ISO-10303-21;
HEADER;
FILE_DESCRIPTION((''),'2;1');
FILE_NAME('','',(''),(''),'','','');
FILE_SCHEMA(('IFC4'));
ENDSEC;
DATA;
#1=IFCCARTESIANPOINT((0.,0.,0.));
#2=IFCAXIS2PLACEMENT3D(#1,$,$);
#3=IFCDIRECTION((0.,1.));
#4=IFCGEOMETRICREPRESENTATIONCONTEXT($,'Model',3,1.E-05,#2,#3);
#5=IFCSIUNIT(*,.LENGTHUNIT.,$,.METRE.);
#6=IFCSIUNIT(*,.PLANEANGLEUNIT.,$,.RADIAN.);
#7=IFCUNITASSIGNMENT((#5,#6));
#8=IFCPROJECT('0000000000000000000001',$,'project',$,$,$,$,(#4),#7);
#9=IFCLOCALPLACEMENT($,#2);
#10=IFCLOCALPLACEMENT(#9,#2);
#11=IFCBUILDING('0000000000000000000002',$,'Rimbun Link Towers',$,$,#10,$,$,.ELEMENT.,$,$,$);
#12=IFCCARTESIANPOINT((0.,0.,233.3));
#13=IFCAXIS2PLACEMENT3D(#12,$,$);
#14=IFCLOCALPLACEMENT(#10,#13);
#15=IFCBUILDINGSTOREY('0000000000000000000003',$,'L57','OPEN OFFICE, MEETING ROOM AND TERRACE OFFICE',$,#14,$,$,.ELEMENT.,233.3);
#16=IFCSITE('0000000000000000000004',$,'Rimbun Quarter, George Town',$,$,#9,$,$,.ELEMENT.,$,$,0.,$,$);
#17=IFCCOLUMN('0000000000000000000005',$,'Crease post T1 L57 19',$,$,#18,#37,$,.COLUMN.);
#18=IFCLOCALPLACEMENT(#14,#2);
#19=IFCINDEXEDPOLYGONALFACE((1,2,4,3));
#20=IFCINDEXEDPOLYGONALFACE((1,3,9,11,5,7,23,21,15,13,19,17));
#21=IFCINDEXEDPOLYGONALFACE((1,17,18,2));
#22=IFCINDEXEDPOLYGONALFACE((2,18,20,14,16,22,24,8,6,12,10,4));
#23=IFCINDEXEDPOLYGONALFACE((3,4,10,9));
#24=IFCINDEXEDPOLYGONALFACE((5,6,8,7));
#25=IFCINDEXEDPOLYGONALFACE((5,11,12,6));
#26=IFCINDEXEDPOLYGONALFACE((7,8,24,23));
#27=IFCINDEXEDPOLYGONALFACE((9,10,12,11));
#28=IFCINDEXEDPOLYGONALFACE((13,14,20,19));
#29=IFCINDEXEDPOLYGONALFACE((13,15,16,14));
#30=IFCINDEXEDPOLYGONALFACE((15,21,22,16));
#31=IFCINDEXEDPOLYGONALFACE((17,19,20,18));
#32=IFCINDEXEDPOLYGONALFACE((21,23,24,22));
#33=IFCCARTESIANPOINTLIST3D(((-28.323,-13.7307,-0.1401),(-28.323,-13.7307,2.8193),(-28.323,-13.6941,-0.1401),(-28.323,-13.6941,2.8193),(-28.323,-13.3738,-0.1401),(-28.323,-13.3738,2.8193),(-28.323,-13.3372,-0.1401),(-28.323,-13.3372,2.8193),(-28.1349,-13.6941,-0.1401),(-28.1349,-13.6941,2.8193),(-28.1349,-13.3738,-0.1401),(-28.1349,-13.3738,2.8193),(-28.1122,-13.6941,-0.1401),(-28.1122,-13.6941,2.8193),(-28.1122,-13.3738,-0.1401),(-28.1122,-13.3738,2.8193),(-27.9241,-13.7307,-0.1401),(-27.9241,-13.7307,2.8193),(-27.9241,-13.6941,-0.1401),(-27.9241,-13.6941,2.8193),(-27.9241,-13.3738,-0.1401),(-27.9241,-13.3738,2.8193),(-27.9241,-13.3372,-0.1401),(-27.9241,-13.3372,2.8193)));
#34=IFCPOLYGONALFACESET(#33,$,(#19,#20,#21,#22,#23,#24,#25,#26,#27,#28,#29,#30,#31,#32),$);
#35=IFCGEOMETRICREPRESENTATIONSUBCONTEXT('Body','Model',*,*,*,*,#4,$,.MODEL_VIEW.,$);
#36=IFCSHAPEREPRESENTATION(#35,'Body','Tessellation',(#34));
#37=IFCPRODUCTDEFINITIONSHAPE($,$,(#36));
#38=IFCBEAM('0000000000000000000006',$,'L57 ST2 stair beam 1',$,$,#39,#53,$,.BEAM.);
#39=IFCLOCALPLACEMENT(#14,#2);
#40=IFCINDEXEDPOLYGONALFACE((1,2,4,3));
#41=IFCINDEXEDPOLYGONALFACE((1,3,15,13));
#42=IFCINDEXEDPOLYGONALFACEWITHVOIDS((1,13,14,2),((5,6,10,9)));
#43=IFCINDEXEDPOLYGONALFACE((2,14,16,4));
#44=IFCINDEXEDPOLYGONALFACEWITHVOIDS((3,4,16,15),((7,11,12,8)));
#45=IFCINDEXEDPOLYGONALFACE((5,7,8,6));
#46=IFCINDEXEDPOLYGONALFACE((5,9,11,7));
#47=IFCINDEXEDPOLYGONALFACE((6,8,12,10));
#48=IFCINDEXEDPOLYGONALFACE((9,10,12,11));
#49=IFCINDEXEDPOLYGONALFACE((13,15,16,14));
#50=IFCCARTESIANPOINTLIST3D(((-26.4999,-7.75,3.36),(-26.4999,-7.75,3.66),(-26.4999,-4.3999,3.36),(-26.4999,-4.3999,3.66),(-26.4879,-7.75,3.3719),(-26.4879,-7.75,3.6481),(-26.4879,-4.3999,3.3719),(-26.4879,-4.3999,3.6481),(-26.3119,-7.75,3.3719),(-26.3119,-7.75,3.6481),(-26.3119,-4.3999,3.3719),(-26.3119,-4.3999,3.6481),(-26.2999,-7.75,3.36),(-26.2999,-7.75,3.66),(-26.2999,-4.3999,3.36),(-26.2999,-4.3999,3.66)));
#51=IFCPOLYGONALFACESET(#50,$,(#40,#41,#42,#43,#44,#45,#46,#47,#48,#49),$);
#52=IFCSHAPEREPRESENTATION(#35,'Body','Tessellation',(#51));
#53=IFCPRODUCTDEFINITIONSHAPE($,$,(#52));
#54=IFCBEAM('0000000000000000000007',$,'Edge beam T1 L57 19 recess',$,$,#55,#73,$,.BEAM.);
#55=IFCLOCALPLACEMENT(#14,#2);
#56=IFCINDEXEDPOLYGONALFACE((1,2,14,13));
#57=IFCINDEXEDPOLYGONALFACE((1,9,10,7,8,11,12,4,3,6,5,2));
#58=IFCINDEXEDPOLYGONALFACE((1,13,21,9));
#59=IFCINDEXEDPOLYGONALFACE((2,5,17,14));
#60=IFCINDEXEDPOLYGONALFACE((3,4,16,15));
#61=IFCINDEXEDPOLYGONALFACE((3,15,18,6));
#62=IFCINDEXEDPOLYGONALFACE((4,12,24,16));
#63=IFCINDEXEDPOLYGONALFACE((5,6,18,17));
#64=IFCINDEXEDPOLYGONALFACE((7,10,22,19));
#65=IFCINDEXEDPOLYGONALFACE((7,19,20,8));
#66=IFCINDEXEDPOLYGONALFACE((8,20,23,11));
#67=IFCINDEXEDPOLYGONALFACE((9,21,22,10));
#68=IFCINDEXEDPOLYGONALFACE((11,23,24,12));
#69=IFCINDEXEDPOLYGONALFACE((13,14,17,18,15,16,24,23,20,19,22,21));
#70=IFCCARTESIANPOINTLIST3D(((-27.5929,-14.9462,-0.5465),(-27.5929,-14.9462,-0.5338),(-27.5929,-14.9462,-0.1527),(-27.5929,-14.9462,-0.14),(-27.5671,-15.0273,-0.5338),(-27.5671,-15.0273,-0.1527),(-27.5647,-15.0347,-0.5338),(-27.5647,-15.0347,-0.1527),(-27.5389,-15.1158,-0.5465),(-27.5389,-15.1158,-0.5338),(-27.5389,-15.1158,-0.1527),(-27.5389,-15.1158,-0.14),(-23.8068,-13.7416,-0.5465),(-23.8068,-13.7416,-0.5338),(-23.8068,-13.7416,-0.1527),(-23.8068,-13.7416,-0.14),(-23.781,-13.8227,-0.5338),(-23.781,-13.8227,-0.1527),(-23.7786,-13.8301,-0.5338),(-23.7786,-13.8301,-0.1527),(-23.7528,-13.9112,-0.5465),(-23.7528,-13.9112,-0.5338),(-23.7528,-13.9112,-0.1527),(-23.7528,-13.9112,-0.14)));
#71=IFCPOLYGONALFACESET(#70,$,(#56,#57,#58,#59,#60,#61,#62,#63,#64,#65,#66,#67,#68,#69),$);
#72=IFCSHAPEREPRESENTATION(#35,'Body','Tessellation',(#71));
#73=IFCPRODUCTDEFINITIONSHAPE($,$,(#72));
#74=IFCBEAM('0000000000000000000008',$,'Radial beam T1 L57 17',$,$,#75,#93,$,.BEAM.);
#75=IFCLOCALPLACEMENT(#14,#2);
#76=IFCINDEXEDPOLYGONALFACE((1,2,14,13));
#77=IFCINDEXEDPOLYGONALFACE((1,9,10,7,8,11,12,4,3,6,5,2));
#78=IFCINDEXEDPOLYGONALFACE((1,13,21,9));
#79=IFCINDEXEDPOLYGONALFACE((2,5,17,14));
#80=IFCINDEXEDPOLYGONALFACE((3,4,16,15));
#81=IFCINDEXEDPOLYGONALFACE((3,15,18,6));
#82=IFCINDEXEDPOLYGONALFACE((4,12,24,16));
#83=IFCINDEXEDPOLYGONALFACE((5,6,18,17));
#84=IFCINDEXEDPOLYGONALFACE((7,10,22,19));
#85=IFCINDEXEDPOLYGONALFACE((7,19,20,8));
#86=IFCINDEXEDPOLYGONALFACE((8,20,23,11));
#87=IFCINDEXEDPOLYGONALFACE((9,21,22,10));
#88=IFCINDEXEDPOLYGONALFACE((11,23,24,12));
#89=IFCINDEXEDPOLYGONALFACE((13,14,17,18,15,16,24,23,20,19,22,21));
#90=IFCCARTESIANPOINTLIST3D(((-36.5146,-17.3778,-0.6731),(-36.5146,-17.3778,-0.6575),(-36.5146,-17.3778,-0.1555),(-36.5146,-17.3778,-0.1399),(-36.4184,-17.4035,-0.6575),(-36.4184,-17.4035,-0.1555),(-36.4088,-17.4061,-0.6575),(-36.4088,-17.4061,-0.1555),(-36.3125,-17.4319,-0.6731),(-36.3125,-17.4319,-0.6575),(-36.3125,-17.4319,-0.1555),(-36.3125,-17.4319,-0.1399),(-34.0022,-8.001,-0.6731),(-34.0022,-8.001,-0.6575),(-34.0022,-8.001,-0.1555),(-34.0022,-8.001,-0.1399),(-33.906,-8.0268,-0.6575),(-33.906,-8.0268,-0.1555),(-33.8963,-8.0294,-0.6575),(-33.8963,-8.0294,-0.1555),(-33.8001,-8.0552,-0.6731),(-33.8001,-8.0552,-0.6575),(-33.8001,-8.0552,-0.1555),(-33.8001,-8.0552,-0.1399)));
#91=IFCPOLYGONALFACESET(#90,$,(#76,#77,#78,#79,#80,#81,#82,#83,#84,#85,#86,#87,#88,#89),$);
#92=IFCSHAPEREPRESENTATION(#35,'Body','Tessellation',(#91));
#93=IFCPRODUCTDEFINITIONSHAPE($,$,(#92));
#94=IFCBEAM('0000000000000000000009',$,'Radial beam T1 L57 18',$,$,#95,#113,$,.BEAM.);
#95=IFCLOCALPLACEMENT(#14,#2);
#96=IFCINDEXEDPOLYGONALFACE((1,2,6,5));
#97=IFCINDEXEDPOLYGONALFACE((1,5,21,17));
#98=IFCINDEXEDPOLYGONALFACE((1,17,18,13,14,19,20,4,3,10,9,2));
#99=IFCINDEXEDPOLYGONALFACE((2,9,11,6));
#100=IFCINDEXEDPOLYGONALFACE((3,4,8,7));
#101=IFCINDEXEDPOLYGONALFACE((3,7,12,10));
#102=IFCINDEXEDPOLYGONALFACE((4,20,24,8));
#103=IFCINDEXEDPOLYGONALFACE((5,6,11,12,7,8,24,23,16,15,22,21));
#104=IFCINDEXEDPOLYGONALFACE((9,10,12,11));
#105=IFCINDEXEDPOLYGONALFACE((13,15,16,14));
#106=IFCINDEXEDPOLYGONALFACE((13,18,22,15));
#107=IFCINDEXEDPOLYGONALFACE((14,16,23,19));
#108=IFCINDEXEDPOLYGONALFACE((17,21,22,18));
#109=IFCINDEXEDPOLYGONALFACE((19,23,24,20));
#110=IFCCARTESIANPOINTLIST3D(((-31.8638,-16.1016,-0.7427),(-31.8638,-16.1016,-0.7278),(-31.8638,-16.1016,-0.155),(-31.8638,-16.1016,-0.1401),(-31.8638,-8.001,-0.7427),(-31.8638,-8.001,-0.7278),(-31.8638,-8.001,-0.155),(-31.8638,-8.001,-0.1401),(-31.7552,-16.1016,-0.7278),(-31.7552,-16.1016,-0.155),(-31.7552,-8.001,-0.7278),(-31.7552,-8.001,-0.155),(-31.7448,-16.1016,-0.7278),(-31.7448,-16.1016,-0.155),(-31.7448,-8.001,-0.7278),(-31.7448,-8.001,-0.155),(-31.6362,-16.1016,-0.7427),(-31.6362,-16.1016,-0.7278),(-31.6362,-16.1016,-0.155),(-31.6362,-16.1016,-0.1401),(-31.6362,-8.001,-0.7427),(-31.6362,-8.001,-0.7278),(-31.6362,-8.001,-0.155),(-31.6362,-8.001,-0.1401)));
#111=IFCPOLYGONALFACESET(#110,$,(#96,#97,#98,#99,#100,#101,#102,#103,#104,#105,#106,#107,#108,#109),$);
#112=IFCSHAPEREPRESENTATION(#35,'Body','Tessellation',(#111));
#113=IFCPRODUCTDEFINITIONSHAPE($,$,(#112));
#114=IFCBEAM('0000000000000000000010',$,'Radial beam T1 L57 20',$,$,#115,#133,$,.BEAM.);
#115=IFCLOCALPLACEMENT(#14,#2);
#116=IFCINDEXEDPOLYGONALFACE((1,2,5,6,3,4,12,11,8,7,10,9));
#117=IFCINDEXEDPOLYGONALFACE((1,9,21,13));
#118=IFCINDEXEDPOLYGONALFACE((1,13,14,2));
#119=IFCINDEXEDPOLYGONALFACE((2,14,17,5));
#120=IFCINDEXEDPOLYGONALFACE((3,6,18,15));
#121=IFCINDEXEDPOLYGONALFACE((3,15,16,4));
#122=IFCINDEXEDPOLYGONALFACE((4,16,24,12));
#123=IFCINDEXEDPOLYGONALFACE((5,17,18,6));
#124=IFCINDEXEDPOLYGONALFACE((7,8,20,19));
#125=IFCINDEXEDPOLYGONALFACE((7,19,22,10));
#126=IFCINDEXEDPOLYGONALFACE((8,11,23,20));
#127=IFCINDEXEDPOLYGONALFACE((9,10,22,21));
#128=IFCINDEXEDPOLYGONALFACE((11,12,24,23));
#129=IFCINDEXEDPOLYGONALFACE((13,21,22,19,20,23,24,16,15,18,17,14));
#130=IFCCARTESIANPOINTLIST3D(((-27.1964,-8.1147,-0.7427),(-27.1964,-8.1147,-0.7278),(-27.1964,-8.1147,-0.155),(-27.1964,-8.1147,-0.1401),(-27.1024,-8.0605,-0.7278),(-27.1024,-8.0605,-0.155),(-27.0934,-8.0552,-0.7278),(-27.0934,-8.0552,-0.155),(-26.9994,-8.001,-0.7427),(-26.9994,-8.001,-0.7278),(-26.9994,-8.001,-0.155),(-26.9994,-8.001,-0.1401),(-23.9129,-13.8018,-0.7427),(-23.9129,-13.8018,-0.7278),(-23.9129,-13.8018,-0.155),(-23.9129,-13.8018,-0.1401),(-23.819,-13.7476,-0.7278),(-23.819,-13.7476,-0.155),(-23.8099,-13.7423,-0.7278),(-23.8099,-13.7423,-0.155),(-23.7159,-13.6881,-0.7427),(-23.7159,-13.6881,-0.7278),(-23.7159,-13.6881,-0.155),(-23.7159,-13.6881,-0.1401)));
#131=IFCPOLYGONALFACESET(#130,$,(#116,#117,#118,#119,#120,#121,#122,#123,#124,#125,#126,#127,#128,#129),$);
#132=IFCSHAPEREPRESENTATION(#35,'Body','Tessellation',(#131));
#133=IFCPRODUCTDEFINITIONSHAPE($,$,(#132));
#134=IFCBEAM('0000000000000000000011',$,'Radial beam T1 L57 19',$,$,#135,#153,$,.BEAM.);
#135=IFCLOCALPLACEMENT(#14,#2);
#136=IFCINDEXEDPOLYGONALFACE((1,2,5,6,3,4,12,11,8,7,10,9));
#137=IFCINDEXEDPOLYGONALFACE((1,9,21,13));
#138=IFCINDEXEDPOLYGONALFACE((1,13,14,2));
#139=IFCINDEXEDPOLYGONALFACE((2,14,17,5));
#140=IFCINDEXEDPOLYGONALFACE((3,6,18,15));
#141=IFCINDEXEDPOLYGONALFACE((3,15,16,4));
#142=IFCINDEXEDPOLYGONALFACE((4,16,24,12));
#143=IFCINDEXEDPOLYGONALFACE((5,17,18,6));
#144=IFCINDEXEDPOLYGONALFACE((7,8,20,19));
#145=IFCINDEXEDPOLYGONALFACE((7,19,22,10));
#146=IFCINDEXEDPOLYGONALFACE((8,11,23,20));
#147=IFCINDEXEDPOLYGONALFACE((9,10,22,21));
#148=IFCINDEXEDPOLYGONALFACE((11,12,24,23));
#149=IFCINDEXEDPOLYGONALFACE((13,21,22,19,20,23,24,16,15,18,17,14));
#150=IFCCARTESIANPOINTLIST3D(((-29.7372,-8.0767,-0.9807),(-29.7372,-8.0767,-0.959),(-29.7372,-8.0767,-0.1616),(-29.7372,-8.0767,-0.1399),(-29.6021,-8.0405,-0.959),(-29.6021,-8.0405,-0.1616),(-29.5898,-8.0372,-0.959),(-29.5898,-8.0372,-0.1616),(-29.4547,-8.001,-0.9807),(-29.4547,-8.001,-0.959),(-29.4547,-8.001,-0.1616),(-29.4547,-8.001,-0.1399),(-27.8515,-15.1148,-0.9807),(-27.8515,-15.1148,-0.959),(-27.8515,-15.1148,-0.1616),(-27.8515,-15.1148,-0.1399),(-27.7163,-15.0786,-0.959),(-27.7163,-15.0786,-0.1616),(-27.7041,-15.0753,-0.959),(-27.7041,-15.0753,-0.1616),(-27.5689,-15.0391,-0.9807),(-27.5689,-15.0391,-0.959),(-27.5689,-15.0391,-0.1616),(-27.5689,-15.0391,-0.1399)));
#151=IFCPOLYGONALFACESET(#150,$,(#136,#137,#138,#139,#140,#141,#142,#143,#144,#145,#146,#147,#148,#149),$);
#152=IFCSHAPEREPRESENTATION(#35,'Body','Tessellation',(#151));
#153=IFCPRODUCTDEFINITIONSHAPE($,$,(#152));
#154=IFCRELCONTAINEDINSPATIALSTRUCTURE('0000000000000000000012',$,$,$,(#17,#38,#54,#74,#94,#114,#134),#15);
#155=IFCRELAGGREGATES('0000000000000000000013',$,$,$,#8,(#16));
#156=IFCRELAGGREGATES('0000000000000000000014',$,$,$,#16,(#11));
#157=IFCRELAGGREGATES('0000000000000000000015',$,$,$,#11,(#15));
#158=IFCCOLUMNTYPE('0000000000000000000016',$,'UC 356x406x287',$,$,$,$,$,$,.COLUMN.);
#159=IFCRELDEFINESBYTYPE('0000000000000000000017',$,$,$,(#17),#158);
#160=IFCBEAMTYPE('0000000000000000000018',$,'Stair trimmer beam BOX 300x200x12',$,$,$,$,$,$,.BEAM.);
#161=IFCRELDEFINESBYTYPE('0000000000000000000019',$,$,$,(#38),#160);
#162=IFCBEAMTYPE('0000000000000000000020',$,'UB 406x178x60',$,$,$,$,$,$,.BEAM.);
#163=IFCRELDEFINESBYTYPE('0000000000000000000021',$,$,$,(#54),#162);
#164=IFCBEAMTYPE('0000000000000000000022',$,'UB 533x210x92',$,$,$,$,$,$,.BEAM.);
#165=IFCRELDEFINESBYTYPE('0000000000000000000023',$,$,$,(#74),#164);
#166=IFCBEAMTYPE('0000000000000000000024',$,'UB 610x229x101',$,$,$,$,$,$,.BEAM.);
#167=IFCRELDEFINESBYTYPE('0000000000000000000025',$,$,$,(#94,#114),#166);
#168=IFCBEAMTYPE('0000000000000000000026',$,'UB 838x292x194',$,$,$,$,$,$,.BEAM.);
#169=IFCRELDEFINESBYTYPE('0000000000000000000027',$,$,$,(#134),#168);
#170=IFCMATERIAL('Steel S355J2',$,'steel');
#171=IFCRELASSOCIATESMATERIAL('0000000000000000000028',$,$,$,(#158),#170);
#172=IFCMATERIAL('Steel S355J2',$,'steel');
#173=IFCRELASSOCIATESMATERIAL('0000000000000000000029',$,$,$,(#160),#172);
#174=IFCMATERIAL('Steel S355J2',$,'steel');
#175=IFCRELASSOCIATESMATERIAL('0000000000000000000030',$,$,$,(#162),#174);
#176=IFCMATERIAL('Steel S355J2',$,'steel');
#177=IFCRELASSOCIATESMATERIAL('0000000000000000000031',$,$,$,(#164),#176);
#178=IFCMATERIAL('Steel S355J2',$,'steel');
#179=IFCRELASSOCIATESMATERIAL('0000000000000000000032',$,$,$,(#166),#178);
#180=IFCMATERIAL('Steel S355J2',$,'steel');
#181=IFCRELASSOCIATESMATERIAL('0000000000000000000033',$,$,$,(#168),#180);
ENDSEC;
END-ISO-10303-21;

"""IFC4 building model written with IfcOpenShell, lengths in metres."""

from ifc_helpers import new_model, si_unit, direction, frame, origin, origin_2d, place, context, subcontext, project, spatial, hollow_rectangle, i_section, extrude, material, material_profile, profile_set, type_object, element, save


model = new_model("IFC4")

# Units and contexts
model_context = context("Model", 3, precision=1e-05, world=origin(), true_north=direction((0.0, 1.0)))
body_context = subcontext(model_context, "Body", "Model", "MODEL_VIEW")
ifc_project = project(units=[si_unit("LENGTHUNIT", "METRE"), si_unit("PLANEANGLEUNIT", "RADIAN")], contexts=[model_context])

# Site, building, storey
site_placement = place(None, origin())
site = spatial("IfcSite", under=ifc_project, at=site_placement, Name="Rimbun Quarter, George Town", CompositionType="ELEMENT", RefElevation=0.0)
building_placement = place(site_placement, origin())
building = spatial("IfcBuilding", under=site, at=building_placement, Name="Rimbun Link Towers", CompositionType="ELEMENT")
storey_placement = place(building_placement, frame((0.0, 0.0, 233.3)))
storey = spatial("IfcBuildingStorey", under=building, at=storey_placement, Name="L57", Description="OPEN OFFICE, MEETING ROOM AND TERRACE OFFICE", CompositionType="ELEMENT", Elevation=233.3)

# Column
ifc_material_1 = material(Name="Steel S355J2", Category="steel")
ifc_material_profile_1 = material_profile(ifc_material_1, i_section(OverallWidth=0.3989, OverallDepth=0.3936, WebThickness=0.0227, FlangeThickness=0.0366, at=origin_2d()), Name="UC 356x406x287")
ifc_profile_set_1 = profile_set([ifc_material_profile_1], Name="Steel S355J2")
column_type = type_object("IfcColumnType", Name="UC 356x406x287", PredefinedType="COLUMN", material=ifc_profile_set_1)
column_placement = place(storey_placement, frame((-28.1235, -13.5339, -0.1401), z_axis=(0.0, 0.0, 1.0), x_axis=(1.0, 0.0, 0.0)))
element("IfcColumn", 1, at=column_placement, inside=storey, type_object=column_type, Name="Crease post T1 L57 19", PredefinedType="COLUMN", context=body_context, shape_type="SweptSolid", body=[
    extrude(i_section(OverallWidth=0.3989, OverallDepth=0.3936, WebThickness=0.0227, FlangeThickness=0.0366, at=origin_2d()), origin(), (0.0, 0.0, 1.0), 2.9595),
])

# Beams
ifc_material_2 = material(Name="Steel S355J2", Category="steel")
ifc_material_profile_2 = material_profile(ifc_material_2, hollow_rectangle(XDim=0.2, YDim=0.3, WallThickness=0.012, at=origin_2d()), Name="BOX 300x200x12")
ifc_profile_set_2 = profile_set([ifc_material_profile_2], Name="Steel S355J2")
beam_type_1 = type_object("IfcBeamType", Name="Stair trimmer beam BOX 300x200x12", PredefinedType="BEAM", material=ifc_profile_set_2)
beam_1_placement = place(storey_placement, frame((-26.3999, -7.75, 3.51), z_axis=(0.0, 1.0, 0.0), x_axis=(-1.0, 0.0, 0.0)))
element("IfcBeam", 2, at=beam_1_placement, inside=storey, type_object=beam_type_1, Name="L57 ST2 stair beam 1", PredefinedType="BEAM", context=body_context, shape_type="SweptSolid", body=[
    extrude(hollow_rectangle(XDim=0.2, YDim=0.3, WallThickness=0.012, at=origin_2d()), origin(), (0.0, 0.0, 1.0), 3.3501),
])
ifc_material_3 = material(Name="Steel S355J2", Category="steel")
ifc_material_profile_3 = material_profile(ifc_material_3, i_section(OverallWidth=0.178, OverallDepth=0.4065, WebThickness=0.0078, FlangeThickness=0.0127, at=origin_2d()), Name="UB 406x178x60")
ifc_profile_set_3 = profile_set([ifc_material_profile_3], Name="Steel S355J2")
beam_type_2 = type_object("IfcBeamType", Name="UB 406x178x60", PredefinedType="BEAM", material=ifc_profile_set_3)
beam_2_placement = place(storey_placement, frame((-27.5659, -15.031, -0.3433), z_axis=(0.952932, 0.303183, 0.0), x_axis=(-0.303183, 0.952932, 0.0)))
element("IfcBeam", 3, at=beam_2_placement, inside=storey, type_object=beam_type_2, Name="Edge beam T1 L57 19 recess", PredefinedType="BEAM", context=body_context, shape_type="SweptSolid", body=[
    extrude(i_section(OverallWidth=0.178, OverallDepth=0.4065, WebThickness=0.0078, FlangeThickness=0.0127, at=origin_2d()), origin(), (0.0, 0.0, 1.0), 3.9731),
])
ifc_material_4 = material(Name="Steel S355J2", Category="steel")
ifc_material_profile_4 = material_profile(ifc_material_4, i_section(OverallWidth=0.2092, OverallDepth=0.5332, WebThickness=0.01, FlangeThickness=0.0156, at=origin_2d()), Name="UB 533x210x92")
ifc_profile_set_4 = profile_set([ifc_material_profile_4], Name="Steel S355J2")
beam_type_3 = type_object("IfcBeamType", Name="UB 533x210x92", PredefinedType="BEAM", material=ifc_profile_set_4)
beam_3_placement = place(storey_placement, frame((-33.9011, -8.0281, -0.4065), z_axis=(-0.258816, -0.965927, 0.0), x_axis=(0.965927, -0.258816, 0.0)))
element("IfcBeam", 4, at=beam_3_placement, inside=storey, type_object=beam_type_3, Name="Radial beam T1 L57 17", PredefinedType="BEAM", context=body_context, shape_type="SweptSolid", body=[
    extrude(i_section(OverallWidth=0.2092, OverallDepth=0.5332, WebThickness=0.01, FlangeThickness=0.0156, at=origin_2d()), origin(), (0.0, 0.0, 1.0), 9.7075),
])
ifc_material_5 = material(Name="Steel S355J2", Category="steel")
ifc_material_profile_5 = material_profile(ifc_material_5, i_section(OverallWidth=0.2275, OverallDepth=0.6025, WebThickness=0.0105, FlangeThickness=0.0149, at=origin_2d()), Name="UB 610x229x101")
ifc_profile_set_5 = profile_set([ifc_material_profile_5], Name="Steel S355J2")
beam_type_4 = type_object("IfcBeamType", Name="UB 610x229x101", PredefinedType="BEAM", material=ifc_profile_set_5)
beam_4_placement = place(storey_placement, frame((-31.75, -8.001, -0.4414), z_axis=(0.0, -1.0, 0.0), x_axis=(1.0, 0.0, 0.0)))
element("IfcBeam", 5, at=beam_4_placement, inside=storey, type_object=beam_type_4, Name="Radial beam T1 L57 18", PredefinedType="BEAM", context=body_context, shape_type="SweptSolid", body=[
    extrude(i_section(OverallWidth=0.2275, OverallDepth=0.6025, WebThickness=0.0105, FlangeThickness=0.0149, at=origin_2d()), origin(), (0.0, 0.0, 1.0), 8.1006),
])
beam_5_placement = place(storey_placement, frame((-27.0979, -8.0579, -0.4414), z_axis=(0.500006, -0.866022, 0.0), x_axis=(0.866022, 0.500006, 0.0)))
element("IfcBeam", 6, at=beam_5_placement, inside=storey, type_object=beam_type_4, Name="Radial beam T1 L57 20", PredefinedType="BEAM", context=body_context, shape_type="SweptSolid", body=[
    extrude(i_section(OverallWidth=0.2275, OverallDepth=0.6025, WebThickness=0.0105, FlangeThickness=0.0149, at=origin_2d()), origin(), (0.0, 0.0, 1.0), 6.5669),
])
ifc_material_6 = material(Name="Steel S355J2", Category="steel")
ifc_material_profile_6 = material_profile(ifc_material_6, i_section(OverallWidth=0.2925, OverallDepth=0.8408, WebThickness=0.0127, FlangeThickness=0.0217, at=origin_2d()), Name="UB 838x292x194")
ifc_profile_set_6 = profile_set([ifc_material_profile_6], Name="Steel S355J2")
beam_type_5 = type_object("IfcBeamType", Name="UB 838x292x194", PredefinedType="BEAM", material=ifc_profile_set_6)
beam_6_placement = place(storey_placement, frame((-29.5959, -8.0388, -0.5603), z_axis=(0.258805, -0.96593, 0.0), x_axis=(0.96593, 0.258805, 0.0)))
element("IfcBeam", 7, at=beam_6_placement, inside=storey, type_object=beam_type_5, Name="Radial beam T1 L57 19", PredefinedType="BEAM", context=body_context, shape_type="SweptSolid", body=[
    extrude(i_section(OverallWidth=0.2925, OverallDepth=0.8408, WebThickness=0.0127, FlangeThickness=0.0217, at=origin_2d()), origin(), (0.0, 0.0, 1.0), 7.2864),
])

save(model, "model.ifc")
